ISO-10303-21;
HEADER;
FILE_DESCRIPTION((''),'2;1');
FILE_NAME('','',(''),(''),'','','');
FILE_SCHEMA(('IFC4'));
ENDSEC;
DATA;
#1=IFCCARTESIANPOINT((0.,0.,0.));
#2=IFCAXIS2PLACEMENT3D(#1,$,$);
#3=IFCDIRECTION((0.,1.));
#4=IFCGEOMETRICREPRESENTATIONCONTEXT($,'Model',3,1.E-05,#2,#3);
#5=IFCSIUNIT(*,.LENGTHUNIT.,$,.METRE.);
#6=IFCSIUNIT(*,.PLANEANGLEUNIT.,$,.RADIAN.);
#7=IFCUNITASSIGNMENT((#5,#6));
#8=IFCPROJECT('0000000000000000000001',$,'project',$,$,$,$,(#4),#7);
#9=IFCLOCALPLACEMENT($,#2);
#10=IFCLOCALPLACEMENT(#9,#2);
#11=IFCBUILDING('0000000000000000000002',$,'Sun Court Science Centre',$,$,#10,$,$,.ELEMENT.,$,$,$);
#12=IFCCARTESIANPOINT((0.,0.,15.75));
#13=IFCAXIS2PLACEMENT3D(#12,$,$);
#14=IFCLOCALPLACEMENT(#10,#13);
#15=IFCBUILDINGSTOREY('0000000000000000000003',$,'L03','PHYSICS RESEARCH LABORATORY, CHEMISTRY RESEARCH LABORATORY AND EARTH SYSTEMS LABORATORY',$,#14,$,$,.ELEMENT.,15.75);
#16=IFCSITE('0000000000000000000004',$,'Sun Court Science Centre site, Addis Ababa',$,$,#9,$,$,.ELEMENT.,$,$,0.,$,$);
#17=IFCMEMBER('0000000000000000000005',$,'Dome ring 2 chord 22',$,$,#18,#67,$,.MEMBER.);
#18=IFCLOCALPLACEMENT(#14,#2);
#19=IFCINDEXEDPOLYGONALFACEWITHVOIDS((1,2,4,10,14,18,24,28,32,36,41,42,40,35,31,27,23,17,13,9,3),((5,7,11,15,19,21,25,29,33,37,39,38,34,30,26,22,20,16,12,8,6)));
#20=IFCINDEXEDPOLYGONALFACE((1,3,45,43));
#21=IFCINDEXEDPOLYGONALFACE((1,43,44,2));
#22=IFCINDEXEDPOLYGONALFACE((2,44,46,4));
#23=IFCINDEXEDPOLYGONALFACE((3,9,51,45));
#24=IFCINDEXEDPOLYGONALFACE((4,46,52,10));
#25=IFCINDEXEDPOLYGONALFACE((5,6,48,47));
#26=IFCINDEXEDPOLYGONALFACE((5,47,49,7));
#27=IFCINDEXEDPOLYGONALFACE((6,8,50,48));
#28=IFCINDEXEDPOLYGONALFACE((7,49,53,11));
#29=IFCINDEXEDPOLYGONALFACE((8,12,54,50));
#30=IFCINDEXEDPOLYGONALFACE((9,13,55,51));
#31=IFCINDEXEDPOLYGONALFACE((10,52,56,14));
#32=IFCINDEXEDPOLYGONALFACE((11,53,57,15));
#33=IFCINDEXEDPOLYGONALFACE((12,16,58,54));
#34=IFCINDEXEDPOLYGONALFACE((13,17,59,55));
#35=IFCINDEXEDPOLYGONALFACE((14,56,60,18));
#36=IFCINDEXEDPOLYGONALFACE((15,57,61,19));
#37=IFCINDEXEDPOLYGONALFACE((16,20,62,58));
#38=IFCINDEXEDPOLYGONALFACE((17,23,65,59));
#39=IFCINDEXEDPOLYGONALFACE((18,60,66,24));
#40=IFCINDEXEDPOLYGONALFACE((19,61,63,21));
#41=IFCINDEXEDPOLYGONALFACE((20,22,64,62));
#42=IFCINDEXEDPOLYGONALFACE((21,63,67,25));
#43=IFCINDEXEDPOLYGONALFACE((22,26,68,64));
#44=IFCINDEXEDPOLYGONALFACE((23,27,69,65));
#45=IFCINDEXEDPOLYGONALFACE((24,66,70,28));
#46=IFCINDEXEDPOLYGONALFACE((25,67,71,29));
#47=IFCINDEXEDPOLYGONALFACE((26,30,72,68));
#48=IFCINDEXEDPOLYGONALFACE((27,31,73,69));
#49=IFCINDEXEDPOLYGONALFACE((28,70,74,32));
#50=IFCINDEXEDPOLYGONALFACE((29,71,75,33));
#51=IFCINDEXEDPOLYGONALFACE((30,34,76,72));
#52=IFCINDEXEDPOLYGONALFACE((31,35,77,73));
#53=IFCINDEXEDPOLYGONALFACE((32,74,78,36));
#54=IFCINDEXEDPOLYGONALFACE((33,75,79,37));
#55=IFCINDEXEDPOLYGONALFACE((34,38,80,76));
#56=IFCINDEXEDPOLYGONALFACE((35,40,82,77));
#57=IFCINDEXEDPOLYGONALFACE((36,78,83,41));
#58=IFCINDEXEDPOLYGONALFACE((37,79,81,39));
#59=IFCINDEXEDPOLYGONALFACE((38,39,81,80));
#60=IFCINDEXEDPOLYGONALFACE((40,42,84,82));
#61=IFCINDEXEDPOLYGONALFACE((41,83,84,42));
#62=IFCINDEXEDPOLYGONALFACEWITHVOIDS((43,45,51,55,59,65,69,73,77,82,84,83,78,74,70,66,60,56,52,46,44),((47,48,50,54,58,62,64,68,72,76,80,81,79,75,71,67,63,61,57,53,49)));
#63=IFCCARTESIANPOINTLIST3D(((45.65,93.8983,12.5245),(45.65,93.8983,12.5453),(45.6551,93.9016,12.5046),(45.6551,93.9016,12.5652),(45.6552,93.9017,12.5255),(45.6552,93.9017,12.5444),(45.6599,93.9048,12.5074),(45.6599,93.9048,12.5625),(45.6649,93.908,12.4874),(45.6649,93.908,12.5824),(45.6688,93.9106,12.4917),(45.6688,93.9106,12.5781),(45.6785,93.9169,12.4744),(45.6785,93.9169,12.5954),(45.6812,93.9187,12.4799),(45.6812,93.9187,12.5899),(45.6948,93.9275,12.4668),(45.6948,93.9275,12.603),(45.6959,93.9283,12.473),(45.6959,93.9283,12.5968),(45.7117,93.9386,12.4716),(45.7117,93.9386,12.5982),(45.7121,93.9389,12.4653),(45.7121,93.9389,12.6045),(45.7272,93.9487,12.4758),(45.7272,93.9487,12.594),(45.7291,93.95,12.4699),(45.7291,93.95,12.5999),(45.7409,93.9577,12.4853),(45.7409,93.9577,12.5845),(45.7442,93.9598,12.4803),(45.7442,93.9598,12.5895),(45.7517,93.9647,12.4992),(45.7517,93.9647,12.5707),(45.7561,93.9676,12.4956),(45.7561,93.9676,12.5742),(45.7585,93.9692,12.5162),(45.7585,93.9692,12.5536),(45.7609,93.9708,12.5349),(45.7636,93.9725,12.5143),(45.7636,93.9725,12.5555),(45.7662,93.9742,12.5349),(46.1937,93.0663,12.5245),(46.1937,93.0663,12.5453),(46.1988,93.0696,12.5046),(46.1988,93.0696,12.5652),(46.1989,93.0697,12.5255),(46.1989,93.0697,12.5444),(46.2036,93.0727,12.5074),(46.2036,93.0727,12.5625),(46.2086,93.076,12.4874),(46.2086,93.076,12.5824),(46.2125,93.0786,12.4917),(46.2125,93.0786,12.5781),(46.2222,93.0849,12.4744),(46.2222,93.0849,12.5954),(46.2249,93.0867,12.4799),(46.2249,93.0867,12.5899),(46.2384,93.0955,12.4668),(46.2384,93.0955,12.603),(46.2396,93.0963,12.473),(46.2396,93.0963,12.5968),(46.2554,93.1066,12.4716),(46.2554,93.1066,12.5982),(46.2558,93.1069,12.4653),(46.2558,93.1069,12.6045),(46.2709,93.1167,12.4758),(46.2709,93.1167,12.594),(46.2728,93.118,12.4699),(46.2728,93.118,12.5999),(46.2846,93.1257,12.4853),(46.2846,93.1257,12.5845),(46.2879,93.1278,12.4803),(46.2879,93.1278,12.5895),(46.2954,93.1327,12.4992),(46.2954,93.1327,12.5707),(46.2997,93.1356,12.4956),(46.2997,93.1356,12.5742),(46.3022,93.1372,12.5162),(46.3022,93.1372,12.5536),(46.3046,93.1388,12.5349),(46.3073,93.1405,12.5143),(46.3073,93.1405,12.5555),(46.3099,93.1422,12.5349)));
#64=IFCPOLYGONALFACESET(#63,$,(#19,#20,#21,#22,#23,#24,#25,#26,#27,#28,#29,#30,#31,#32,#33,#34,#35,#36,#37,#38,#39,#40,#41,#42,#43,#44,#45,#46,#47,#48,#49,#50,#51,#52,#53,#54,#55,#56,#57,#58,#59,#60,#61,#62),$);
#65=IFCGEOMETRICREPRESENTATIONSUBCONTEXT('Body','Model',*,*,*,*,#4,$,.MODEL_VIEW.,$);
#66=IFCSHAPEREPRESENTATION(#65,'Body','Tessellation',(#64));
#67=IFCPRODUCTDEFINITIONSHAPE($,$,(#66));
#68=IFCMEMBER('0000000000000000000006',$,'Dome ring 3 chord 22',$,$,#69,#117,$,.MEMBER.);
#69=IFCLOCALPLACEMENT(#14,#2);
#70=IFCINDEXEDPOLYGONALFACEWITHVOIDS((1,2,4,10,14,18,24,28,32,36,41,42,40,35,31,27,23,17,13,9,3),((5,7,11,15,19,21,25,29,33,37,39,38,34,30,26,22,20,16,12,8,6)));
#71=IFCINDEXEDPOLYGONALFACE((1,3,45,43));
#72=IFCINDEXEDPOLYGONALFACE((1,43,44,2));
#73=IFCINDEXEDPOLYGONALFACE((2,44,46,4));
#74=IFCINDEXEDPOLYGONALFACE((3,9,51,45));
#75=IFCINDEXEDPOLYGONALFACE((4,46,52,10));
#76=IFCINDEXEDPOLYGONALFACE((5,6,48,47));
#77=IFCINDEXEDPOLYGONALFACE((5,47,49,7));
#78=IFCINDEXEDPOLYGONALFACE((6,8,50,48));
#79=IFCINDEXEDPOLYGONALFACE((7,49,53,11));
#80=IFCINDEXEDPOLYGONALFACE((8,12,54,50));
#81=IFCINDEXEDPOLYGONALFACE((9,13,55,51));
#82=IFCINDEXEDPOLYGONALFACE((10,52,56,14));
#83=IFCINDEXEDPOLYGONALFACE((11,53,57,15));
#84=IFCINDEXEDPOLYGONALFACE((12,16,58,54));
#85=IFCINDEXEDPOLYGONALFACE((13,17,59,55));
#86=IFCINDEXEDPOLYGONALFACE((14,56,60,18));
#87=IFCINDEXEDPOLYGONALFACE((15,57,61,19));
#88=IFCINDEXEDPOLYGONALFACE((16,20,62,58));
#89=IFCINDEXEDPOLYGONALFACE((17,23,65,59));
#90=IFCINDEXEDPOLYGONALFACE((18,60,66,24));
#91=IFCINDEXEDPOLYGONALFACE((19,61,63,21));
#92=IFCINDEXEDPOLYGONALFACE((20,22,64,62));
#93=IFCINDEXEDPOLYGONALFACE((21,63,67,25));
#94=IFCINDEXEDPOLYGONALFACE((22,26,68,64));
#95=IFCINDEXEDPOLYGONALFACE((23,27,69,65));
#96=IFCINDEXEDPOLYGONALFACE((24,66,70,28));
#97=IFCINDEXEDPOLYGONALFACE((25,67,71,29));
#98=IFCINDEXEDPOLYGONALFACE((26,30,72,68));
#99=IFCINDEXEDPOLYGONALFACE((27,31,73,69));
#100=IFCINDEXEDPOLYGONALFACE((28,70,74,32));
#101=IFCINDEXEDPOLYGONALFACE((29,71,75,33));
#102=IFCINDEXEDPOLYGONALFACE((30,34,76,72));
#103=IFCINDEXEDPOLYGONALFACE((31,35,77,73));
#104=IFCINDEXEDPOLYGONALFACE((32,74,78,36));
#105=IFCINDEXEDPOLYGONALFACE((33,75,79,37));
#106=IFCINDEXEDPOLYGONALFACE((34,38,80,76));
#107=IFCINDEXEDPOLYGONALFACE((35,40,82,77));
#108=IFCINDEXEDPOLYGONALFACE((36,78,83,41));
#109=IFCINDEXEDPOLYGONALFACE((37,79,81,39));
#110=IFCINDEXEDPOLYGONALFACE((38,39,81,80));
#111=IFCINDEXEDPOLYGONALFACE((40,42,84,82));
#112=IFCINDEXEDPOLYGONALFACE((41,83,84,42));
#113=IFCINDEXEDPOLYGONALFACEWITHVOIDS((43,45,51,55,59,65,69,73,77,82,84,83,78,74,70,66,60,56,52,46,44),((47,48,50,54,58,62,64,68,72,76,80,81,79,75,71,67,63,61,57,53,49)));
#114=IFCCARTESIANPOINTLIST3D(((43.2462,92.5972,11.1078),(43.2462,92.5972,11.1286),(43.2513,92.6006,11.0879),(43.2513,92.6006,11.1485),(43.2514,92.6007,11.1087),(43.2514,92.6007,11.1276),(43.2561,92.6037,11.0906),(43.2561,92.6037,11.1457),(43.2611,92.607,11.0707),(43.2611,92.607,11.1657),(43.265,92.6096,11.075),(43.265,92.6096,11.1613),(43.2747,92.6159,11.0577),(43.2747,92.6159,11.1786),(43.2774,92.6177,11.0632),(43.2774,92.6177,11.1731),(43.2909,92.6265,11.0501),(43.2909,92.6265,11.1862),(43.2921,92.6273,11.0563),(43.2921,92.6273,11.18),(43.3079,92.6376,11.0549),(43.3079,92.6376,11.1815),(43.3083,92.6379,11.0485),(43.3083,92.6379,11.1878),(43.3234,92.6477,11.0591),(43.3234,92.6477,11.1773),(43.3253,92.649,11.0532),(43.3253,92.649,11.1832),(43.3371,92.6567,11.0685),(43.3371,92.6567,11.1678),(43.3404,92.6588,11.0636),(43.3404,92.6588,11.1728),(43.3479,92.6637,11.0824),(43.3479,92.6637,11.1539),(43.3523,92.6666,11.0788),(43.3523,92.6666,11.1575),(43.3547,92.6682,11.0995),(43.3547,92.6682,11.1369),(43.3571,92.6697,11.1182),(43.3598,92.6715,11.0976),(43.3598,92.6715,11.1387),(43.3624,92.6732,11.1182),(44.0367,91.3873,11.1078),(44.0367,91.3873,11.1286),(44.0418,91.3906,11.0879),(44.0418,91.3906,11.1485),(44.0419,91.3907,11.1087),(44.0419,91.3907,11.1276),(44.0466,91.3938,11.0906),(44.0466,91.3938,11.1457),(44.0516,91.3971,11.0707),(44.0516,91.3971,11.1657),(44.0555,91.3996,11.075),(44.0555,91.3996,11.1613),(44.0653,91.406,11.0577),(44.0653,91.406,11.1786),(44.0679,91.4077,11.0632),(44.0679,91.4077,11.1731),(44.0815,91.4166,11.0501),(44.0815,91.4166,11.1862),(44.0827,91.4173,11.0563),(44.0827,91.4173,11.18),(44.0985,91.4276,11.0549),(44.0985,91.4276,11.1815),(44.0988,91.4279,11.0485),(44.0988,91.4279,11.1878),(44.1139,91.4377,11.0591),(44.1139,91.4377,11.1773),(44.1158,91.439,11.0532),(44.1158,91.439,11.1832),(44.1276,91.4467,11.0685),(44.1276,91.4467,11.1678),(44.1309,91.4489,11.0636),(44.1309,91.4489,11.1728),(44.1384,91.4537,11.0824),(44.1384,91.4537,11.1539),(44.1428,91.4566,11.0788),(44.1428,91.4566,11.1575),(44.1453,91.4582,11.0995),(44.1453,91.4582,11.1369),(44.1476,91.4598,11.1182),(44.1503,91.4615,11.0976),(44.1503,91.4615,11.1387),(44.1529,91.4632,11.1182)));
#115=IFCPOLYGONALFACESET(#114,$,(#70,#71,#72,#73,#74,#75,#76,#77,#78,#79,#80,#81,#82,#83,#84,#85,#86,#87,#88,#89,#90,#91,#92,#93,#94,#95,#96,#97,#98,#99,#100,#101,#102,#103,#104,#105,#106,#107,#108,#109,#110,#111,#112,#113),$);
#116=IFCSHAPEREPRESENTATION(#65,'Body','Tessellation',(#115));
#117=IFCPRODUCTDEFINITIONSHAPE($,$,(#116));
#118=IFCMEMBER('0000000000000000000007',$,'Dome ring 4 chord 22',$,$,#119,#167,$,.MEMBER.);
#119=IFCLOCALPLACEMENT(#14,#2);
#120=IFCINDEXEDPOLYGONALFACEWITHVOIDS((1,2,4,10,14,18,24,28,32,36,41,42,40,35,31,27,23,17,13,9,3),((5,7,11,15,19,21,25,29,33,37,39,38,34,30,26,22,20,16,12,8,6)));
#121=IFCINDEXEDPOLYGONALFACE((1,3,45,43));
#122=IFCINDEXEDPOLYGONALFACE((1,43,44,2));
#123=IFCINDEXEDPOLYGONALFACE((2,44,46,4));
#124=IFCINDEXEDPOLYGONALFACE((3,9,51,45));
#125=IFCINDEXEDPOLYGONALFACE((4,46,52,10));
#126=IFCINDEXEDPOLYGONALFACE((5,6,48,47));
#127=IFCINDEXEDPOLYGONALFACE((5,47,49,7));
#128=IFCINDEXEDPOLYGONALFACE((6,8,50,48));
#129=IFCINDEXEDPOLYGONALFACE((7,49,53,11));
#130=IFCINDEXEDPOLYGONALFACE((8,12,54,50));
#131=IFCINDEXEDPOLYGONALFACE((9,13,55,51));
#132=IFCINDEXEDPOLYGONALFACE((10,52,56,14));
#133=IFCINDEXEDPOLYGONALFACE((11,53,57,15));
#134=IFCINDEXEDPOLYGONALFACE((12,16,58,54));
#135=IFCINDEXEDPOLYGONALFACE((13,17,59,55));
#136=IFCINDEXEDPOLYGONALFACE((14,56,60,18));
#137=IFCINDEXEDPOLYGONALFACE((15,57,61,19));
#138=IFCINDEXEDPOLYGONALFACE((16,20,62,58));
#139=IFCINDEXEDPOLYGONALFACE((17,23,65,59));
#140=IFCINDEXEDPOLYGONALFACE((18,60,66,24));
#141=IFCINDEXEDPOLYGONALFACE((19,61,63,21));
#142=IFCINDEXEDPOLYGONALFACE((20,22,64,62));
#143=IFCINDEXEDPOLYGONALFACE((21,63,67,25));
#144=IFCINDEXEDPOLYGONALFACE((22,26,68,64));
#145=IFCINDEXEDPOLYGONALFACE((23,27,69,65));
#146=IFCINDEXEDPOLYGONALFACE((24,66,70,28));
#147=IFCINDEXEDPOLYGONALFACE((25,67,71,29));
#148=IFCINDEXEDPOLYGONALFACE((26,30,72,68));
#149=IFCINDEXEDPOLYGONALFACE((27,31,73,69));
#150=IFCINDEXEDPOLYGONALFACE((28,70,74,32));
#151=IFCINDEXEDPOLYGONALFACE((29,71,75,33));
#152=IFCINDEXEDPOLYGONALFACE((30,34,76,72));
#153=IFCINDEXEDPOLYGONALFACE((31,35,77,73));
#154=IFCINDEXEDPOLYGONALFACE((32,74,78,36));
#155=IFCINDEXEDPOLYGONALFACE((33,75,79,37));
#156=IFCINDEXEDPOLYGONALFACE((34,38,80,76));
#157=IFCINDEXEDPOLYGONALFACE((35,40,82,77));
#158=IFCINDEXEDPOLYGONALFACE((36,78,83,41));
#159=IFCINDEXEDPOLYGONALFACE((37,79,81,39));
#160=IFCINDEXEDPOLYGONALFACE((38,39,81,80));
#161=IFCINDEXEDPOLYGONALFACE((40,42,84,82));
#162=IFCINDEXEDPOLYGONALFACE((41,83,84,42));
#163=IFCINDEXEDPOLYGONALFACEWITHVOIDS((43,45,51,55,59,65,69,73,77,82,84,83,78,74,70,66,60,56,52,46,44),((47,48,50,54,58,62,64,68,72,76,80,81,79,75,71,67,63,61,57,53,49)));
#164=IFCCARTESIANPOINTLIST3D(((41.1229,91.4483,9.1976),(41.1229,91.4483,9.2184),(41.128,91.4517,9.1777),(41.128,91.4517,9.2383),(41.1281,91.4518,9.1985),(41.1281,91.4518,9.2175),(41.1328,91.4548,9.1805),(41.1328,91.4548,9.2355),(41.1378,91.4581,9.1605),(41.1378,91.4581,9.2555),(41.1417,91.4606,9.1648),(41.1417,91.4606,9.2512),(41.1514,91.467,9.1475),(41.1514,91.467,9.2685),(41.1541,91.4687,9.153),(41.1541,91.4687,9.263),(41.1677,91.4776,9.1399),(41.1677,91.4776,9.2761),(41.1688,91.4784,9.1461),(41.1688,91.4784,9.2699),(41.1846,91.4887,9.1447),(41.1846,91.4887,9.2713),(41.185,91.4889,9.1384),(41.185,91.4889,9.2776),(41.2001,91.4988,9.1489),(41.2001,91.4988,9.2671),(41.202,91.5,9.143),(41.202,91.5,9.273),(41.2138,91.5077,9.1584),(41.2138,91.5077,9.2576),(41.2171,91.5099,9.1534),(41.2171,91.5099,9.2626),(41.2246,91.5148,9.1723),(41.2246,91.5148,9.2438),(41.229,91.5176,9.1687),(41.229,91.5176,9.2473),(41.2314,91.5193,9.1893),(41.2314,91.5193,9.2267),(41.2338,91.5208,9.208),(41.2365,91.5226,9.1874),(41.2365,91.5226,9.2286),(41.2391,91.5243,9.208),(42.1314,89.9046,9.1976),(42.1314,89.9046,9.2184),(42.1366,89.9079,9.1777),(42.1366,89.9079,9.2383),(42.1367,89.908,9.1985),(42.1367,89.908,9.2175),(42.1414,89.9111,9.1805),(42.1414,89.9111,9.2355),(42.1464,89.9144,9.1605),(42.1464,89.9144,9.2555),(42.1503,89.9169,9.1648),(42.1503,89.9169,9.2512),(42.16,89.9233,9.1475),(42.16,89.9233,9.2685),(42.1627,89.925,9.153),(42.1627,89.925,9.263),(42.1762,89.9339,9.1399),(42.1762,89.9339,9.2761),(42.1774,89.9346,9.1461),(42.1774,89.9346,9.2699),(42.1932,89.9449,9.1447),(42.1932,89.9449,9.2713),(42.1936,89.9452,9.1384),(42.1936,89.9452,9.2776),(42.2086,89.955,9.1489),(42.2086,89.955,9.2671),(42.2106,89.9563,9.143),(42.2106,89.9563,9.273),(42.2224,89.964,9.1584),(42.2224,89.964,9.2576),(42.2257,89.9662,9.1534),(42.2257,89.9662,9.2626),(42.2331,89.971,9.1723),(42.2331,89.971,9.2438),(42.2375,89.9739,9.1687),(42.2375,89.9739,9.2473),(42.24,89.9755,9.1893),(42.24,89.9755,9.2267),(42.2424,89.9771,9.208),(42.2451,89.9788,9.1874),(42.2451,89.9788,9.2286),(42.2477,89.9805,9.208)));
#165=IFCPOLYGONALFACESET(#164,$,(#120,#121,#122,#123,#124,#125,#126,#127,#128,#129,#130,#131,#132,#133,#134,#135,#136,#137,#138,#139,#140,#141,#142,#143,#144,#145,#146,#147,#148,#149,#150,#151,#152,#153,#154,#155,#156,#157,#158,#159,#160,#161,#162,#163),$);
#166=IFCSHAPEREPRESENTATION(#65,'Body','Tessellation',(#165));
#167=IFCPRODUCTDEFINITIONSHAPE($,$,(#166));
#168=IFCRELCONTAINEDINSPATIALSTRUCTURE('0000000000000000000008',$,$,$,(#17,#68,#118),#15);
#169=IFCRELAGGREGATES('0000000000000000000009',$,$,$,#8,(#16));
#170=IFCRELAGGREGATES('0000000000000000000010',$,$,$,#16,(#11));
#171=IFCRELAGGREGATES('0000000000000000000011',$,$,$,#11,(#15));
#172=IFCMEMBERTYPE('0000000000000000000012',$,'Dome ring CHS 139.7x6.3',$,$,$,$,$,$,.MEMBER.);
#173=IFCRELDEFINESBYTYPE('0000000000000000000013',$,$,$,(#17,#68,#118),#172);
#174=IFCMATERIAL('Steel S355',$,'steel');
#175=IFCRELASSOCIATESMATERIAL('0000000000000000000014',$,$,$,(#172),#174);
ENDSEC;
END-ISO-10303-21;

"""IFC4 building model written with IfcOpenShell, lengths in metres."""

from ifc_helpers import new_model, si_unit, direction, frame, origin, origin_2d, place, context, subcontext, project, spatial, hollow_circle, extrude, material, material_profile, profile_set, type_object, element, save


model = new_model("IFC4")

# Units and contexts
model_context = context("Model", 3, precision=1e-05, world=origin(), true_north=direction((0.0, 1.0)))
body_context = subcontext(model_context, "Body", "Model", "MODEL_VIEW")
ifc_project = project(units=[si_unit("LENGTHUNIT", "METRE"), si_unit("PLANEANGLEUNIT", "RADIAN")], contexts=[model_context])

# Site, building, storey
site_placement = place(None, origin())
site = spatial("IfcSite", under=ifc_project, at=site_placement, Name="Sun Court Science Centre site, Addis Ababa", CompositionType="ELEMENT", RefElevation=0.0)
building_placement = place(site_placement, origin())
building = spatial("IfcBuilding", under=site, at=building_placement, Name="Sun Court Science Centre", CompositionType="ELEMENT")
storey_placement = place(building_placement, frame((0.0, 0.0, 15.75)))
storey = spatial("IfcBuildingStorey", under=building, at=storey_placement, Name="L03", Description="PHYSICS RESEARCH LABORATORY, CHEMISTRY RESEARCH LABORATORY AND EARTH SYSTEMS LABORATORY", CompositionType="ELEMENT", Elevation=15.75)

# Members
ifc_material_1 = material(Name="Steel S355", Category="steel")
ifc_material_profile_1 = material_profile(ifc_material_1, hollow_circle(Radius=0.0698, WallThickness=0.0063, at=origin_2d()), Name="CHS 139.7x6.3")
ifc_profile_set_1 = profile_set([ifc_material_profile_1], Name="Steel S355")
member_type_1 = type_object("IfcMemberType", Name="Dome ring CHS 139.7x6.3", PredefinedType="MEMBER", material=ifc_profile_set_1)
member_1_placement = place(storey_placement, frame((45.7078, 93.936, 12.5349), z_axis=(0.547024, -0.837117, 0.0), x_axis=(0.837117, 0.547024, 0.0)))
element("IfcMember", 1, at=member_1_placement, inside=storey, type_object=member_type_1, Name="Dome ring 2 chord 22", PredefinedType="MEMBER", context=body_context, shape_type="SweptSolid", body=[
    extrude(hollow_circle(Radius=0.0698, WallThickness=0.0063, at=origin_2d()), origin(), (0.0, 0.0, 1.0), 0.9939),
])
member_2_placement = place(storey_placement, frame((43.304, 92.635, 11.1182), z_axis=(0.546958, -0.83716, 0.0), x_axis=(0.83716, 0.546958, 0.0)))
element("IfcMember", 2, at=member_2_placement, inside=storey, type_object=member_type_1, Name="Dome ring 3 chord 22", PredefinedType="MEMBER", context=body_context, shape_type="SweptSolid", body=[
    extrude(hollow_circle(Radius=0.0698, WallThickness=0.0063, at=origin_2d()), origin(), (0.0, 0.0, 1.0), 1.4453),
])
member_3_placement = place(storey_placement, frame((41.1807, 91.4861, 9.208), z_axis=(0.546946, -0.837168, 0.0), x_axis=(0.837168, 0.546946, 0.0)))
element("IfcMember", 3, at=member_3_placement, inside=storey, type_object=member_type_1, Name="Dome ring 4 chord 22", PredefinedType="MEMBER", context=body_context, shape_type="SweptSolid", body=[
    extrude(hollow_circle(Radius=0.0698, WallThickness=0.0063, at=origin_2d()), origin(), (0.0, 0.0, 1.0), 1.844),
])

save(model, "model.ifc")
